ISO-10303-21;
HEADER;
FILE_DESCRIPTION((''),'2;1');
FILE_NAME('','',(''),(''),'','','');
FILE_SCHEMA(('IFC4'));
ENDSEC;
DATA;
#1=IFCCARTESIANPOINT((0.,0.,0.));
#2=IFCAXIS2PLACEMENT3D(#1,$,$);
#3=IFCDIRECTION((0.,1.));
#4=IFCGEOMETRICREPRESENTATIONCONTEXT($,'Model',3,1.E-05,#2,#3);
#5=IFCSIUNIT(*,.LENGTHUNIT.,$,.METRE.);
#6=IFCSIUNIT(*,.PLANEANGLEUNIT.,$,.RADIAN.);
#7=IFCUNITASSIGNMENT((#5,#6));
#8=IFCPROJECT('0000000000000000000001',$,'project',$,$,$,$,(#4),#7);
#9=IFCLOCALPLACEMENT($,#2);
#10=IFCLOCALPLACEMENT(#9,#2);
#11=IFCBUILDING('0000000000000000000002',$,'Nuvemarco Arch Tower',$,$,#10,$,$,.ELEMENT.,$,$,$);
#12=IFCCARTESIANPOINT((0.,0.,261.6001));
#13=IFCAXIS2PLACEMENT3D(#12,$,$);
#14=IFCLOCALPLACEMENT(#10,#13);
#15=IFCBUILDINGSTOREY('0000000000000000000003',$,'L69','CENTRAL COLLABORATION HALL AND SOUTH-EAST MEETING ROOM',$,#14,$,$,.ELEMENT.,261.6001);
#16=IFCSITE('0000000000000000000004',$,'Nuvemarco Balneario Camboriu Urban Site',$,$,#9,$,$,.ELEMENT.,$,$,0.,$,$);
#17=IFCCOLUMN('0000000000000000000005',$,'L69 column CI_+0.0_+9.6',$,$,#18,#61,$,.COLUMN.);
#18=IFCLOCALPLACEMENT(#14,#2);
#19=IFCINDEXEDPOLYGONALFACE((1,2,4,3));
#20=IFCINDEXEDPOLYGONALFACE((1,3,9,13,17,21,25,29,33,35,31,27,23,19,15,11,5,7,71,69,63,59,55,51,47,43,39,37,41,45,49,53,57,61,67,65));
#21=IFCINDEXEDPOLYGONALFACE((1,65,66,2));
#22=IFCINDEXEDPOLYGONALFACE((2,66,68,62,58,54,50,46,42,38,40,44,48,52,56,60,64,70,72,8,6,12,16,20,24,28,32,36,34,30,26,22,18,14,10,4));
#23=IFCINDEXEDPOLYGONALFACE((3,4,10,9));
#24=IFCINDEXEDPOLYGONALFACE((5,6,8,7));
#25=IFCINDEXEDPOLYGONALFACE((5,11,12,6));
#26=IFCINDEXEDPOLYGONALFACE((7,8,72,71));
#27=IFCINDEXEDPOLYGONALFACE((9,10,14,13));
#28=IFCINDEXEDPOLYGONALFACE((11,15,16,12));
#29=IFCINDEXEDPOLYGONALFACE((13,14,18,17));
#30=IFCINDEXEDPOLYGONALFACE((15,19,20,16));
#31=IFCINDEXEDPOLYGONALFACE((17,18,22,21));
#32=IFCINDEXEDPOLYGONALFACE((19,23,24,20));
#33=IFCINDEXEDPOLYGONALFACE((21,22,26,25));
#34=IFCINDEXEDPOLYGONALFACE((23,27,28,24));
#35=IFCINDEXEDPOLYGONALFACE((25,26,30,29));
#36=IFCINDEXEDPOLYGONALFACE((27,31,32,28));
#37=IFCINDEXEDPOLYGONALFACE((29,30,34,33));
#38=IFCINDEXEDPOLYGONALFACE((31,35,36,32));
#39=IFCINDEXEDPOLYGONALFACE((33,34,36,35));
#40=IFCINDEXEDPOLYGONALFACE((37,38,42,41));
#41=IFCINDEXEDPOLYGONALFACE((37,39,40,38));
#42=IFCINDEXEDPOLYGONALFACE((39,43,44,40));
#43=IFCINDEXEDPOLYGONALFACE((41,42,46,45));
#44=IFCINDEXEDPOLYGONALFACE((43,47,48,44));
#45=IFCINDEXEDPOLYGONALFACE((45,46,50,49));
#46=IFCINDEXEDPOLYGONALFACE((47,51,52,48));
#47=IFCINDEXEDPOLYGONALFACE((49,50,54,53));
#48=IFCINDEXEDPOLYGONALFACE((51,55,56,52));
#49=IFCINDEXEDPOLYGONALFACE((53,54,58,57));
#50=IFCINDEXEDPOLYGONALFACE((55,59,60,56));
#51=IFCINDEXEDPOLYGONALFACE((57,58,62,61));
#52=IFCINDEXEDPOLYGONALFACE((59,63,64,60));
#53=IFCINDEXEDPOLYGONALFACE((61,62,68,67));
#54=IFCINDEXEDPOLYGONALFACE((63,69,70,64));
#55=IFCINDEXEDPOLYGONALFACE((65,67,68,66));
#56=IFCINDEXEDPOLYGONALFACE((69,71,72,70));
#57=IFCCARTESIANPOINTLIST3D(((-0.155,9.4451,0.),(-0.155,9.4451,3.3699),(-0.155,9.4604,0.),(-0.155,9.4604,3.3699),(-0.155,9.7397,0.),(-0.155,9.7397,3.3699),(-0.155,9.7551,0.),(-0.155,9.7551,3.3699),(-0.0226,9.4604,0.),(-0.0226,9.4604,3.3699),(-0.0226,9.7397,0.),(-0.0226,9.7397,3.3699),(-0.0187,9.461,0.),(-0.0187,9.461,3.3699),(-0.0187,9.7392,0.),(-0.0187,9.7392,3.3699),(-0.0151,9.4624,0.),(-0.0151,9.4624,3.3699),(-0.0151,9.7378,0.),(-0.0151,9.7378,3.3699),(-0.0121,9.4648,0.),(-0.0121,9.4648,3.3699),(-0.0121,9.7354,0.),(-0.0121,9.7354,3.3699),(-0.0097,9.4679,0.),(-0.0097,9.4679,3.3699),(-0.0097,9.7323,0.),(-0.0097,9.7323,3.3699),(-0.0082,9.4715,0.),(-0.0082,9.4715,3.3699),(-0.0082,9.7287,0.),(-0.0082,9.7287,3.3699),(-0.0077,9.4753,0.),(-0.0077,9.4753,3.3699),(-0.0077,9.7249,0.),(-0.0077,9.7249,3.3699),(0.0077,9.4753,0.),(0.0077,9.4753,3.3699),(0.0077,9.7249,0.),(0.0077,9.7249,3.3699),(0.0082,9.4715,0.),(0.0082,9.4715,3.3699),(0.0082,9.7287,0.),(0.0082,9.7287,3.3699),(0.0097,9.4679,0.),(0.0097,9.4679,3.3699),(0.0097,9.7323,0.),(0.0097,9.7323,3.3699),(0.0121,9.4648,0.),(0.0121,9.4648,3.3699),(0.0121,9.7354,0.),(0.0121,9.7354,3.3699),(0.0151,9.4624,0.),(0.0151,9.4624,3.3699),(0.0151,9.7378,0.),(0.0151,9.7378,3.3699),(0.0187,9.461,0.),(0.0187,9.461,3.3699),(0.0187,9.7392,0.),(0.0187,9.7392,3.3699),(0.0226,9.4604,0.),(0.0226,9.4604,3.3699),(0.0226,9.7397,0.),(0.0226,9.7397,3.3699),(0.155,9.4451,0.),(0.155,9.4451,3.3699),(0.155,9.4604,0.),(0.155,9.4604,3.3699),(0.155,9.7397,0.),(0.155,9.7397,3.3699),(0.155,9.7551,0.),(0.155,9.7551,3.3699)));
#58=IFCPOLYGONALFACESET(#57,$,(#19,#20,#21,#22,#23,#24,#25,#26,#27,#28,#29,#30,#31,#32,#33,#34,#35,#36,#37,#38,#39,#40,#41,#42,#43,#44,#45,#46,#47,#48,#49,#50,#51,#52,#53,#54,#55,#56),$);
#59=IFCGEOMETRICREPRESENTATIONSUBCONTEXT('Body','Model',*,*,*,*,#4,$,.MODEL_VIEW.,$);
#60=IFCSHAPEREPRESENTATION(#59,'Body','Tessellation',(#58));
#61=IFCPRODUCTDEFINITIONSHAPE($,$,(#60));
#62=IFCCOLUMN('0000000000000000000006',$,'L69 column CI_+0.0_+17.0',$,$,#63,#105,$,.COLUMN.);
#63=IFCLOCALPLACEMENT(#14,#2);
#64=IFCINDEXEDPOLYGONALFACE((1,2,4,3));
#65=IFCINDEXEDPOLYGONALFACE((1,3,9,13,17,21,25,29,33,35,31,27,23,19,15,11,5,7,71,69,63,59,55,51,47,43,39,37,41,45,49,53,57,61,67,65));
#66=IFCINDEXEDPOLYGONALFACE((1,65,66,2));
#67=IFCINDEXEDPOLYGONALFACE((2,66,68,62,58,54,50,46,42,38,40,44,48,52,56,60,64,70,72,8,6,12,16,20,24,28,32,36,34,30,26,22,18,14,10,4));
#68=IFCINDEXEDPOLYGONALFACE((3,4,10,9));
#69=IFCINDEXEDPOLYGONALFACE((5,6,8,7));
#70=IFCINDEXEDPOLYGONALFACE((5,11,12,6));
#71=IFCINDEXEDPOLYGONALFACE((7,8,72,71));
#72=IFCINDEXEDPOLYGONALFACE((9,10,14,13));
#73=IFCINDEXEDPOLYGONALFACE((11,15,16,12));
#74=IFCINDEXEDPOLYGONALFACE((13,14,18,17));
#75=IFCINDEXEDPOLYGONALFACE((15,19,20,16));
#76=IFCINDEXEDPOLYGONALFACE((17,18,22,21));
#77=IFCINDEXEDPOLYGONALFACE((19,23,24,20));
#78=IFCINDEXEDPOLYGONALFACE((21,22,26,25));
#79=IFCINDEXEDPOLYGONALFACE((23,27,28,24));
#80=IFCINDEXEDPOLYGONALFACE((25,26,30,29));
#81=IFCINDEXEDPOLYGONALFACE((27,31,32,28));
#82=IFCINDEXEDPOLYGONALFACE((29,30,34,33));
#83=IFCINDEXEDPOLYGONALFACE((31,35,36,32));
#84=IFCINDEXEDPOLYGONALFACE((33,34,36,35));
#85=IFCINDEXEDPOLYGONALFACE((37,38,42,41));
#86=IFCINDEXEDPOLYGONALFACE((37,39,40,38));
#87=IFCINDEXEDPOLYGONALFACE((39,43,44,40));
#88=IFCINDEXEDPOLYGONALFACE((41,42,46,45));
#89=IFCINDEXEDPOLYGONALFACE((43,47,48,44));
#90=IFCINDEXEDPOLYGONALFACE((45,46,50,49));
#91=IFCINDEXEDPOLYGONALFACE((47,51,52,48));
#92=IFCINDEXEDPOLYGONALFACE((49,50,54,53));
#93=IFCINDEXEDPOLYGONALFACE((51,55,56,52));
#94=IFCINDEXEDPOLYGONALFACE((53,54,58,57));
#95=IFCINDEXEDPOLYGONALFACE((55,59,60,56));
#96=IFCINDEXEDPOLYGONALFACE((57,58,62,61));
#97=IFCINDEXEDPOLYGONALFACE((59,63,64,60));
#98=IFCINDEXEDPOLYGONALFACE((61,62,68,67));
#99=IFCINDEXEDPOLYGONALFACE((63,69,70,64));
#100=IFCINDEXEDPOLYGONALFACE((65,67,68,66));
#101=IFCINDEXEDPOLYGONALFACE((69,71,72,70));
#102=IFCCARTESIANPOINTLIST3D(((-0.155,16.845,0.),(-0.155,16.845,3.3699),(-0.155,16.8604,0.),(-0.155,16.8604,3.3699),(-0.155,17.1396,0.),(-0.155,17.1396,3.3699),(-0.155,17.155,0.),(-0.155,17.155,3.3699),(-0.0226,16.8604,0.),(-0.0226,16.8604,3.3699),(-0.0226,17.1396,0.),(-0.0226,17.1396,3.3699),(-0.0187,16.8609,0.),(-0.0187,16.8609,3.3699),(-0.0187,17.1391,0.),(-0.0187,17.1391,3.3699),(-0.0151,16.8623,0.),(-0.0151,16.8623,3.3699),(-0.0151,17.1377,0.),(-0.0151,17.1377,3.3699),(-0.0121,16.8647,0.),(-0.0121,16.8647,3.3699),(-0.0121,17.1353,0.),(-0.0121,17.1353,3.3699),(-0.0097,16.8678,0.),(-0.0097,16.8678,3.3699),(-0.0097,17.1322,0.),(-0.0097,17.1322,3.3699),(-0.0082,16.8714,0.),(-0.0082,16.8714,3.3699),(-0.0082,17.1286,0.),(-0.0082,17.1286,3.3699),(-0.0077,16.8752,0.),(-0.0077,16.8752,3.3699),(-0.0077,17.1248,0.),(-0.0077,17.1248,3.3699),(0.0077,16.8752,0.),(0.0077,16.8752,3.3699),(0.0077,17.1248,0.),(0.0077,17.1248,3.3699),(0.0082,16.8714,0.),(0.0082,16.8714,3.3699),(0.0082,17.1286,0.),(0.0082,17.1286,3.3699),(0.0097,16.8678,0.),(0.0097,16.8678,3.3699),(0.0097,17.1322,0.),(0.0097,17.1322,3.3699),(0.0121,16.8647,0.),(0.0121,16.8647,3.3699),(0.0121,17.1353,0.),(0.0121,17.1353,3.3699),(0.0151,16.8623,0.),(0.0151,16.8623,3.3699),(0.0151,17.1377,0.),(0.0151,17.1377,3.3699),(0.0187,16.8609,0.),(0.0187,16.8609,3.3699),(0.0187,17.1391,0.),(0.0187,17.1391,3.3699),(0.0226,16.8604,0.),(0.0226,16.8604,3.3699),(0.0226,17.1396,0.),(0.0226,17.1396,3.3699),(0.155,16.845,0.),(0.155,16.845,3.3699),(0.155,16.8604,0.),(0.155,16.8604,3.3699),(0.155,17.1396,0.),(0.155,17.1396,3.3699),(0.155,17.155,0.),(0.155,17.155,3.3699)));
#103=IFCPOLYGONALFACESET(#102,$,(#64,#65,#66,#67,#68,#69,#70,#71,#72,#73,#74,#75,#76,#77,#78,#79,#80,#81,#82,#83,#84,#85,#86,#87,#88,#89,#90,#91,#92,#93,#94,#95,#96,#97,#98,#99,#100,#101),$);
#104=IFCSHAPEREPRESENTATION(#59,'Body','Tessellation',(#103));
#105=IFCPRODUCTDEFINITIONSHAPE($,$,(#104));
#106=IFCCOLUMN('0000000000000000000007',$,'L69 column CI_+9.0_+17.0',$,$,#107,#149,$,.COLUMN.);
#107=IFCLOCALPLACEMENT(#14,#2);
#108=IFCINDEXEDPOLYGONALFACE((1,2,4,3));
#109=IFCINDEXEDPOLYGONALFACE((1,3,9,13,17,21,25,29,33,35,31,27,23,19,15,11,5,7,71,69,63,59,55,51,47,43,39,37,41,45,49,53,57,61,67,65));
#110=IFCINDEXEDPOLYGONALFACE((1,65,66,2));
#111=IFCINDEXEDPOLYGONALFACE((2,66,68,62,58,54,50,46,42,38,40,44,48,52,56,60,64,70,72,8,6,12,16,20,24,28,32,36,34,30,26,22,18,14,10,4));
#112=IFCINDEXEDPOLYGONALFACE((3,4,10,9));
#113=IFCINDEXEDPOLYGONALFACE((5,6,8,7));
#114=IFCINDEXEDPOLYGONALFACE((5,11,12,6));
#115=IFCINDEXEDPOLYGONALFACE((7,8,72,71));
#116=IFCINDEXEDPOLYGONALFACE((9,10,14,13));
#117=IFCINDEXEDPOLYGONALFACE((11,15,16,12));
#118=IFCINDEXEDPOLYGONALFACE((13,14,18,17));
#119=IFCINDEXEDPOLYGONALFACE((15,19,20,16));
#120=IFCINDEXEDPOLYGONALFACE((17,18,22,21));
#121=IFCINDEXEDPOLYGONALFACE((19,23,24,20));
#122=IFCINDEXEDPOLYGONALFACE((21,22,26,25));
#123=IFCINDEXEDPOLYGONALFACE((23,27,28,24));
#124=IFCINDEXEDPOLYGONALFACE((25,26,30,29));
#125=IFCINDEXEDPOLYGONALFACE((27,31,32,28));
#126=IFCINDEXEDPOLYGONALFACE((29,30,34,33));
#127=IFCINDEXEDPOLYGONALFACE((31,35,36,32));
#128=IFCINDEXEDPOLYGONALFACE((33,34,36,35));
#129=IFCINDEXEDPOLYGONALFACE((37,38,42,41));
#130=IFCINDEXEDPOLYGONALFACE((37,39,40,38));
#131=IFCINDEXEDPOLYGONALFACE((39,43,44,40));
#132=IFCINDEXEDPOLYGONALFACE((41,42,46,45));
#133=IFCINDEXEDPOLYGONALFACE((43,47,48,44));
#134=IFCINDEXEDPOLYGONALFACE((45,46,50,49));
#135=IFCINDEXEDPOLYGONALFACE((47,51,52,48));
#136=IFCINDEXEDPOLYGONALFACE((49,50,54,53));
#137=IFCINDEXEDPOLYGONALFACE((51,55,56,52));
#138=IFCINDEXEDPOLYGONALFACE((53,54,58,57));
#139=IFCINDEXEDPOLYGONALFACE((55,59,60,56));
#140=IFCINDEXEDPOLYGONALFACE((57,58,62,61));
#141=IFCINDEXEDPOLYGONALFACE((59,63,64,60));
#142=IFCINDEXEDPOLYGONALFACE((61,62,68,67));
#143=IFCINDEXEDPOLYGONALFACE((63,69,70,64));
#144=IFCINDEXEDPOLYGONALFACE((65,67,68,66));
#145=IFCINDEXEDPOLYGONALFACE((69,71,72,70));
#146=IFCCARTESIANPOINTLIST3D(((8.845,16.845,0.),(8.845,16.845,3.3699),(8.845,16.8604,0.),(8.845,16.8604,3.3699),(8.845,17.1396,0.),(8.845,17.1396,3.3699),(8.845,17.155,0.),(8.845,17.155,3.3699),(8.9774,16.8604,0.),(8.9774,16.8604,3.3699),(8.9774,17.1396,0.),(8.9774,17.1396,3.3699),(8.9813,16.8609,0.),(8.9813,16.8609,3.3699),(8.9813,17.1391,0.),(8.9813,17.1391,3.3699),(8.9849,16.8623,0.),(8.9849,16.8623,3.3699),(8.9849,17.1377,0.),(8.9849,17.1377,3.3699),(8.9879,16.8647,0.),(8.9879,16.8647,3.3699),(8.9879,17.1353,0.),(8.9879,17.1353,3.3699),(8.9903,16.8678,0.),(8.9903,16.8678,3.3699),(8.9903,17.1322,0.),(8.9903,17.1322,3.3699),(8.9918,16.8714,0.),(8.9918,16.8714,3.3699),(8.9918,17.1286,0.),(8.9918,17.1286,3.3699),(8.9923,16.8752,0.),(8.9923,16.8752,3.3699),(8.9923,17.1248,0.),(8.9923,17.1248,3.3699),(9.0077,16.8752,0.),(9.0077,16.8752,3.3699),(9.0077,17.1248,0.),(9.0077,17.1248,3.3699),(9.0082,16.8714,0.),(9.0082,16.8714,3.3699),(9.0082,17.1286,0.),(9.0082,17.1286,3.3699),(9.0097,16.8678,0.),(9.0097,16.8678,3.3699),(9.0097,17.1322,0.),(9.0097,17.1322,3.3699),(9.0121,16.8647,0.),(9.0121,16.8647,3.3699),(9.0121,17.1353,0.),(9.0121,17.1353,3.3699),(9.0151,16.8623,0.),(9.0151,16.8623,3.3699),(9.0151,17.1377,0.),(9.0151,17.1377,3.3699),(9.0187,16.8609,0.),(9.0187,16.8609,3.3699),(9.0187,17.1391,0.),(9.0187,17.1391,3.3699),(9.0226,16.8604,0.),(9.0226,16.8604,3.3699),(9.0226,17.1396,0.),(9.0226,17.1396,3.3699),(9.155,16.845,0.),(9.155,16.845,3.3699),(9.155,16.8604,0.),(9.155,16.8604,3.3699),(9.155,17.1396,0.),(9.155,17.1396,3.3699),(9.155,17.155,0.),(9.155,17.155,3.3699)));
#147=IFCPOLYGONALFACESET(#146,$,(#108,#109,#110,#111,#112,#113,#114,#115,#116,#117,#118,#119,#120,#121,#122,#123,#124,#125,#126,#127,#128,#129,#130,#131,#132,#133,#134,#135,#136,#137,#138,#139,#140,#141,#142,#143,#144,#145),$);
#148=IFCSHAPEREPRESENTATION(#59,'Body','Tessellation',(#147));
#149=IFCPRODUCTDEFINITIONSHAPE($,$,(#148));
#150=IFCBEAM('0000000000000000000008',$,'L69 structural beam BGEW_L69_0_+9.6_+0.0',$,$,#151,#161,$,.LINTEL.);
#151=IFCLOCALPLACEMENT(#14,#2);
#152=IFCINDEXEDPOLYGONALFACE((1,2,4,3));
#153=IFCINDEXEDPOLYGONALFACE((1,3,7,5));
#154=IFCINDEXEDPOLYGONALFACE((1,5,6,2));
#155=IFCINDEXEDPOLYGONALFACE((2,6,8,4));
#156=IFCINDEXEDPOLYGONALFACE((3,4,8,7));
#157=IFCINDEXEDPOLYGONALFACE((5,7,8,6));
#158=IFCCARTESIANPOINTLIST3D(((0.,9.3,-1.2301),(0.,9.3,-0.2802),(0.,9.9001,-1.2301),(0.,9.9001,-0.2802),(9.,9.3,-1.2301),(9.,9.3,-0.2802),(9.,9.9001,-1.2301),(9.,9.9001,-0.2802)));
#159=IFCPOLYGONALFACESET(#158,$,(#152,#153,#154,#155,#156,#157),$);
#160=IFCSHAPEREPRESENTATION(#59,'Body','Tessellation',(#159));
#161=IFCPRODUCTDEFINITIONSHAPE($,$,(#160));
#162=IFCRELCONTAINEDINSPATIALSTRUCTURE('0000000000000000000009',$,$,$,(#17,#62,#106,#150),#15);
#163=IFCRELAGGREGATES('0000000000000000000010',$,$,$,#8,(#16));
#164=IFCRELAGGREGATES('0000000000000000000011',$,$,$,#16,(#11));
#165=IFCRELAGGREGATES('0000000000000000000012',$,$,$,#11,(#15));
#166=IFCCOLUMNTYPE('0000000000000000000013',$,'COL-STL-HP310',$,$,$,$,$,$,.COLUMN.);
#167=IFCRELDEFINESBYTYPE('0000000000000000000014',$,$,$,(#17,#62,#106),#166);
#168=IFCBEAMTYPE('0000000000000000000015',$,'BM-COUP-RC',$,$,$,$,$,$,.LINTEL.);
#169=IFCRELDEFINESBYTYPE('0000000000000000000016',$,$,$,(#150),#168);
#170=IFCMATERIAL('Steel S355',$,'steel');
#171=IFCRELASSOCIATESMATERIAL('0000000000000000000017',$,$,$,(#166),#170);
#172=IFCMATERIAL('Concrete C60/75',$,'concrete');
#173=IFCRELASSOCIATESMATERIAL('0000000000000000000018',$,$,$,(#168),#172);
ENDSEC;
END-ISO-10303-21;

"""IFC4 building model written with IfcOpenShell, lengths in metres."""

from ifc_helpers import new_model, si_unit, direction, frame, origin, origin_2d, place, context, subcontext, project, spatial, rectangle, i_section, extrude, material, material_profile, profile_set, type_object, element, save


model = new_model("IFC4")

# Units and contexts
model_context = context("Model", 3, precision=1e-05, world=origin(), true_north=direction((0.0, 1.0)))
body_context = subcontext(model_context, "Body", "Model", "MODEL_VIEW")
ifc_project = project(units=[si_unit("LENGTHUNIT", "METRE"), si_unit("PLANEANGLEUNIT", "RADIAN")], contexts=[model_context])

# Site, building, storey
site_placement = place(None, origin())
site = spatial("IfcSite", under=ifc_project, at=site_placement, Name="Nuvemarco Balneario Camboriu Urban Site", CompositionType="ELEMENT", RefElevation=0.0)
building_placement = place(site_placement, origin())
building = spatial("IfcBuilding", under=site, at=building_placement, Name="Nuvemarco Arch Tower", CompositionType="ELEMENT")
storey_placement = place(building_placement, frame((0.0, 0.0, 261.6001)))
storey = spatial("IfcBuildingStorey", under=building, at=storey_placement, Name="L69", Description="CENTRAL COLLABORATION HALL AND SOUTH-EAST MEETING ROOM", CompositionType="ELEMENT", Elevation=261.6001)

# Columns
ifc_material_1 = material(Name="Steel S355", Category="steel")
ifc_material_profile_1 = material_profile(ifc_material_1, i_section(OverallWidth=0.3101, OverallDepth=0.3101, WebThickness=0.0154, FlangeThickness=0.0154, FilletRadius=0.0149, at=origin_2d()), Name="HP310x110")
ifc_profile_set_1 = profile_set([ifc_material_profile_1], Name="Steel S355")
column_type_1 = type_object("IfcColumnType", Name="COL-STL-HP310", PredefinedType="COLUMN", material=ifc_profile_set_1)
for number, where, z_axis, x_axis, name in (
    (1, (0.0, 9.6001, 0.0), (0.0, 0.0, 1.0), (1.0, 0.0, 0.0), "L69 column CI_+0.0_+9.6"),
    (2, (0.0, 17.0, 0.0), (0.0, 0.0, 1.0), (1.0, 0.0, 0.0), "L69 column CI_+0.0_+17.0"),
    (3, (9.0, 17.0, 0.0), (0.0, 0.0, 1.0), (1.0, 0.0, 0.0), "L69 column CI_+9.0_+17.0"),
):
    element("IfcColumn", number, at=place(storey_placement, frame(where, z_axis=z_axis, x_axis=x_axis)), inside=storey, type_object=column_type_1, Name=name, PredefinedType="COLUMN", context=body_context, shape_type="SweptSolid", body=[
        extrude(i_section(OverallWidth=0.3101, OverallDepth=0.3101, WebThickness=0.0154, FlangeThickness=0.0154, FilletRadius=0.0149, at=origin_2d()), origin(), (0.0, 0.0, 1.0), 3.3699),
    ])

# Beam
ifc_material_2 = material(Name="Concrete C60/75", Category="concrete")
ifc_material_profile_2 = material_profile(ifc_material_2, rectangle(XDim=0.6001, YDim=0.95, at=origin_2d()), Name="RC-BM-600x950")
ifc_profile_set_2 = profile_set([ifc_material_profile_2], Name="Concrete C60/75")
beam_type_1 = type_object("IfcBeamType", Name="BM-COUP-RC", PredefinedType="LINTEL", material=ifc_profile_set_2)
beam_1_placement = place(storey_placement, frame((0.0, 9.6001, -0.7551), z_axis=(1.0, 0.0, 0.0), x_axis=(0.0, 1.0, 0.0)))
element("IfcBeam", 4, at=beam_1_placement, inside=storey, type_object=beam_type_1, Name="L69 structural beam BGEW_L69_0_+9.6_+0.0", PredefinedType="LINTEL", context=body_context, shape_type="SweptSolid", body=[
    extrude(rectangle(XDim=0.6001, YDim=0.95, at=origin_2d()), origin(), (0.0, 0.0, 1.0), 9.0),
])

save(model, "model.ifc")
